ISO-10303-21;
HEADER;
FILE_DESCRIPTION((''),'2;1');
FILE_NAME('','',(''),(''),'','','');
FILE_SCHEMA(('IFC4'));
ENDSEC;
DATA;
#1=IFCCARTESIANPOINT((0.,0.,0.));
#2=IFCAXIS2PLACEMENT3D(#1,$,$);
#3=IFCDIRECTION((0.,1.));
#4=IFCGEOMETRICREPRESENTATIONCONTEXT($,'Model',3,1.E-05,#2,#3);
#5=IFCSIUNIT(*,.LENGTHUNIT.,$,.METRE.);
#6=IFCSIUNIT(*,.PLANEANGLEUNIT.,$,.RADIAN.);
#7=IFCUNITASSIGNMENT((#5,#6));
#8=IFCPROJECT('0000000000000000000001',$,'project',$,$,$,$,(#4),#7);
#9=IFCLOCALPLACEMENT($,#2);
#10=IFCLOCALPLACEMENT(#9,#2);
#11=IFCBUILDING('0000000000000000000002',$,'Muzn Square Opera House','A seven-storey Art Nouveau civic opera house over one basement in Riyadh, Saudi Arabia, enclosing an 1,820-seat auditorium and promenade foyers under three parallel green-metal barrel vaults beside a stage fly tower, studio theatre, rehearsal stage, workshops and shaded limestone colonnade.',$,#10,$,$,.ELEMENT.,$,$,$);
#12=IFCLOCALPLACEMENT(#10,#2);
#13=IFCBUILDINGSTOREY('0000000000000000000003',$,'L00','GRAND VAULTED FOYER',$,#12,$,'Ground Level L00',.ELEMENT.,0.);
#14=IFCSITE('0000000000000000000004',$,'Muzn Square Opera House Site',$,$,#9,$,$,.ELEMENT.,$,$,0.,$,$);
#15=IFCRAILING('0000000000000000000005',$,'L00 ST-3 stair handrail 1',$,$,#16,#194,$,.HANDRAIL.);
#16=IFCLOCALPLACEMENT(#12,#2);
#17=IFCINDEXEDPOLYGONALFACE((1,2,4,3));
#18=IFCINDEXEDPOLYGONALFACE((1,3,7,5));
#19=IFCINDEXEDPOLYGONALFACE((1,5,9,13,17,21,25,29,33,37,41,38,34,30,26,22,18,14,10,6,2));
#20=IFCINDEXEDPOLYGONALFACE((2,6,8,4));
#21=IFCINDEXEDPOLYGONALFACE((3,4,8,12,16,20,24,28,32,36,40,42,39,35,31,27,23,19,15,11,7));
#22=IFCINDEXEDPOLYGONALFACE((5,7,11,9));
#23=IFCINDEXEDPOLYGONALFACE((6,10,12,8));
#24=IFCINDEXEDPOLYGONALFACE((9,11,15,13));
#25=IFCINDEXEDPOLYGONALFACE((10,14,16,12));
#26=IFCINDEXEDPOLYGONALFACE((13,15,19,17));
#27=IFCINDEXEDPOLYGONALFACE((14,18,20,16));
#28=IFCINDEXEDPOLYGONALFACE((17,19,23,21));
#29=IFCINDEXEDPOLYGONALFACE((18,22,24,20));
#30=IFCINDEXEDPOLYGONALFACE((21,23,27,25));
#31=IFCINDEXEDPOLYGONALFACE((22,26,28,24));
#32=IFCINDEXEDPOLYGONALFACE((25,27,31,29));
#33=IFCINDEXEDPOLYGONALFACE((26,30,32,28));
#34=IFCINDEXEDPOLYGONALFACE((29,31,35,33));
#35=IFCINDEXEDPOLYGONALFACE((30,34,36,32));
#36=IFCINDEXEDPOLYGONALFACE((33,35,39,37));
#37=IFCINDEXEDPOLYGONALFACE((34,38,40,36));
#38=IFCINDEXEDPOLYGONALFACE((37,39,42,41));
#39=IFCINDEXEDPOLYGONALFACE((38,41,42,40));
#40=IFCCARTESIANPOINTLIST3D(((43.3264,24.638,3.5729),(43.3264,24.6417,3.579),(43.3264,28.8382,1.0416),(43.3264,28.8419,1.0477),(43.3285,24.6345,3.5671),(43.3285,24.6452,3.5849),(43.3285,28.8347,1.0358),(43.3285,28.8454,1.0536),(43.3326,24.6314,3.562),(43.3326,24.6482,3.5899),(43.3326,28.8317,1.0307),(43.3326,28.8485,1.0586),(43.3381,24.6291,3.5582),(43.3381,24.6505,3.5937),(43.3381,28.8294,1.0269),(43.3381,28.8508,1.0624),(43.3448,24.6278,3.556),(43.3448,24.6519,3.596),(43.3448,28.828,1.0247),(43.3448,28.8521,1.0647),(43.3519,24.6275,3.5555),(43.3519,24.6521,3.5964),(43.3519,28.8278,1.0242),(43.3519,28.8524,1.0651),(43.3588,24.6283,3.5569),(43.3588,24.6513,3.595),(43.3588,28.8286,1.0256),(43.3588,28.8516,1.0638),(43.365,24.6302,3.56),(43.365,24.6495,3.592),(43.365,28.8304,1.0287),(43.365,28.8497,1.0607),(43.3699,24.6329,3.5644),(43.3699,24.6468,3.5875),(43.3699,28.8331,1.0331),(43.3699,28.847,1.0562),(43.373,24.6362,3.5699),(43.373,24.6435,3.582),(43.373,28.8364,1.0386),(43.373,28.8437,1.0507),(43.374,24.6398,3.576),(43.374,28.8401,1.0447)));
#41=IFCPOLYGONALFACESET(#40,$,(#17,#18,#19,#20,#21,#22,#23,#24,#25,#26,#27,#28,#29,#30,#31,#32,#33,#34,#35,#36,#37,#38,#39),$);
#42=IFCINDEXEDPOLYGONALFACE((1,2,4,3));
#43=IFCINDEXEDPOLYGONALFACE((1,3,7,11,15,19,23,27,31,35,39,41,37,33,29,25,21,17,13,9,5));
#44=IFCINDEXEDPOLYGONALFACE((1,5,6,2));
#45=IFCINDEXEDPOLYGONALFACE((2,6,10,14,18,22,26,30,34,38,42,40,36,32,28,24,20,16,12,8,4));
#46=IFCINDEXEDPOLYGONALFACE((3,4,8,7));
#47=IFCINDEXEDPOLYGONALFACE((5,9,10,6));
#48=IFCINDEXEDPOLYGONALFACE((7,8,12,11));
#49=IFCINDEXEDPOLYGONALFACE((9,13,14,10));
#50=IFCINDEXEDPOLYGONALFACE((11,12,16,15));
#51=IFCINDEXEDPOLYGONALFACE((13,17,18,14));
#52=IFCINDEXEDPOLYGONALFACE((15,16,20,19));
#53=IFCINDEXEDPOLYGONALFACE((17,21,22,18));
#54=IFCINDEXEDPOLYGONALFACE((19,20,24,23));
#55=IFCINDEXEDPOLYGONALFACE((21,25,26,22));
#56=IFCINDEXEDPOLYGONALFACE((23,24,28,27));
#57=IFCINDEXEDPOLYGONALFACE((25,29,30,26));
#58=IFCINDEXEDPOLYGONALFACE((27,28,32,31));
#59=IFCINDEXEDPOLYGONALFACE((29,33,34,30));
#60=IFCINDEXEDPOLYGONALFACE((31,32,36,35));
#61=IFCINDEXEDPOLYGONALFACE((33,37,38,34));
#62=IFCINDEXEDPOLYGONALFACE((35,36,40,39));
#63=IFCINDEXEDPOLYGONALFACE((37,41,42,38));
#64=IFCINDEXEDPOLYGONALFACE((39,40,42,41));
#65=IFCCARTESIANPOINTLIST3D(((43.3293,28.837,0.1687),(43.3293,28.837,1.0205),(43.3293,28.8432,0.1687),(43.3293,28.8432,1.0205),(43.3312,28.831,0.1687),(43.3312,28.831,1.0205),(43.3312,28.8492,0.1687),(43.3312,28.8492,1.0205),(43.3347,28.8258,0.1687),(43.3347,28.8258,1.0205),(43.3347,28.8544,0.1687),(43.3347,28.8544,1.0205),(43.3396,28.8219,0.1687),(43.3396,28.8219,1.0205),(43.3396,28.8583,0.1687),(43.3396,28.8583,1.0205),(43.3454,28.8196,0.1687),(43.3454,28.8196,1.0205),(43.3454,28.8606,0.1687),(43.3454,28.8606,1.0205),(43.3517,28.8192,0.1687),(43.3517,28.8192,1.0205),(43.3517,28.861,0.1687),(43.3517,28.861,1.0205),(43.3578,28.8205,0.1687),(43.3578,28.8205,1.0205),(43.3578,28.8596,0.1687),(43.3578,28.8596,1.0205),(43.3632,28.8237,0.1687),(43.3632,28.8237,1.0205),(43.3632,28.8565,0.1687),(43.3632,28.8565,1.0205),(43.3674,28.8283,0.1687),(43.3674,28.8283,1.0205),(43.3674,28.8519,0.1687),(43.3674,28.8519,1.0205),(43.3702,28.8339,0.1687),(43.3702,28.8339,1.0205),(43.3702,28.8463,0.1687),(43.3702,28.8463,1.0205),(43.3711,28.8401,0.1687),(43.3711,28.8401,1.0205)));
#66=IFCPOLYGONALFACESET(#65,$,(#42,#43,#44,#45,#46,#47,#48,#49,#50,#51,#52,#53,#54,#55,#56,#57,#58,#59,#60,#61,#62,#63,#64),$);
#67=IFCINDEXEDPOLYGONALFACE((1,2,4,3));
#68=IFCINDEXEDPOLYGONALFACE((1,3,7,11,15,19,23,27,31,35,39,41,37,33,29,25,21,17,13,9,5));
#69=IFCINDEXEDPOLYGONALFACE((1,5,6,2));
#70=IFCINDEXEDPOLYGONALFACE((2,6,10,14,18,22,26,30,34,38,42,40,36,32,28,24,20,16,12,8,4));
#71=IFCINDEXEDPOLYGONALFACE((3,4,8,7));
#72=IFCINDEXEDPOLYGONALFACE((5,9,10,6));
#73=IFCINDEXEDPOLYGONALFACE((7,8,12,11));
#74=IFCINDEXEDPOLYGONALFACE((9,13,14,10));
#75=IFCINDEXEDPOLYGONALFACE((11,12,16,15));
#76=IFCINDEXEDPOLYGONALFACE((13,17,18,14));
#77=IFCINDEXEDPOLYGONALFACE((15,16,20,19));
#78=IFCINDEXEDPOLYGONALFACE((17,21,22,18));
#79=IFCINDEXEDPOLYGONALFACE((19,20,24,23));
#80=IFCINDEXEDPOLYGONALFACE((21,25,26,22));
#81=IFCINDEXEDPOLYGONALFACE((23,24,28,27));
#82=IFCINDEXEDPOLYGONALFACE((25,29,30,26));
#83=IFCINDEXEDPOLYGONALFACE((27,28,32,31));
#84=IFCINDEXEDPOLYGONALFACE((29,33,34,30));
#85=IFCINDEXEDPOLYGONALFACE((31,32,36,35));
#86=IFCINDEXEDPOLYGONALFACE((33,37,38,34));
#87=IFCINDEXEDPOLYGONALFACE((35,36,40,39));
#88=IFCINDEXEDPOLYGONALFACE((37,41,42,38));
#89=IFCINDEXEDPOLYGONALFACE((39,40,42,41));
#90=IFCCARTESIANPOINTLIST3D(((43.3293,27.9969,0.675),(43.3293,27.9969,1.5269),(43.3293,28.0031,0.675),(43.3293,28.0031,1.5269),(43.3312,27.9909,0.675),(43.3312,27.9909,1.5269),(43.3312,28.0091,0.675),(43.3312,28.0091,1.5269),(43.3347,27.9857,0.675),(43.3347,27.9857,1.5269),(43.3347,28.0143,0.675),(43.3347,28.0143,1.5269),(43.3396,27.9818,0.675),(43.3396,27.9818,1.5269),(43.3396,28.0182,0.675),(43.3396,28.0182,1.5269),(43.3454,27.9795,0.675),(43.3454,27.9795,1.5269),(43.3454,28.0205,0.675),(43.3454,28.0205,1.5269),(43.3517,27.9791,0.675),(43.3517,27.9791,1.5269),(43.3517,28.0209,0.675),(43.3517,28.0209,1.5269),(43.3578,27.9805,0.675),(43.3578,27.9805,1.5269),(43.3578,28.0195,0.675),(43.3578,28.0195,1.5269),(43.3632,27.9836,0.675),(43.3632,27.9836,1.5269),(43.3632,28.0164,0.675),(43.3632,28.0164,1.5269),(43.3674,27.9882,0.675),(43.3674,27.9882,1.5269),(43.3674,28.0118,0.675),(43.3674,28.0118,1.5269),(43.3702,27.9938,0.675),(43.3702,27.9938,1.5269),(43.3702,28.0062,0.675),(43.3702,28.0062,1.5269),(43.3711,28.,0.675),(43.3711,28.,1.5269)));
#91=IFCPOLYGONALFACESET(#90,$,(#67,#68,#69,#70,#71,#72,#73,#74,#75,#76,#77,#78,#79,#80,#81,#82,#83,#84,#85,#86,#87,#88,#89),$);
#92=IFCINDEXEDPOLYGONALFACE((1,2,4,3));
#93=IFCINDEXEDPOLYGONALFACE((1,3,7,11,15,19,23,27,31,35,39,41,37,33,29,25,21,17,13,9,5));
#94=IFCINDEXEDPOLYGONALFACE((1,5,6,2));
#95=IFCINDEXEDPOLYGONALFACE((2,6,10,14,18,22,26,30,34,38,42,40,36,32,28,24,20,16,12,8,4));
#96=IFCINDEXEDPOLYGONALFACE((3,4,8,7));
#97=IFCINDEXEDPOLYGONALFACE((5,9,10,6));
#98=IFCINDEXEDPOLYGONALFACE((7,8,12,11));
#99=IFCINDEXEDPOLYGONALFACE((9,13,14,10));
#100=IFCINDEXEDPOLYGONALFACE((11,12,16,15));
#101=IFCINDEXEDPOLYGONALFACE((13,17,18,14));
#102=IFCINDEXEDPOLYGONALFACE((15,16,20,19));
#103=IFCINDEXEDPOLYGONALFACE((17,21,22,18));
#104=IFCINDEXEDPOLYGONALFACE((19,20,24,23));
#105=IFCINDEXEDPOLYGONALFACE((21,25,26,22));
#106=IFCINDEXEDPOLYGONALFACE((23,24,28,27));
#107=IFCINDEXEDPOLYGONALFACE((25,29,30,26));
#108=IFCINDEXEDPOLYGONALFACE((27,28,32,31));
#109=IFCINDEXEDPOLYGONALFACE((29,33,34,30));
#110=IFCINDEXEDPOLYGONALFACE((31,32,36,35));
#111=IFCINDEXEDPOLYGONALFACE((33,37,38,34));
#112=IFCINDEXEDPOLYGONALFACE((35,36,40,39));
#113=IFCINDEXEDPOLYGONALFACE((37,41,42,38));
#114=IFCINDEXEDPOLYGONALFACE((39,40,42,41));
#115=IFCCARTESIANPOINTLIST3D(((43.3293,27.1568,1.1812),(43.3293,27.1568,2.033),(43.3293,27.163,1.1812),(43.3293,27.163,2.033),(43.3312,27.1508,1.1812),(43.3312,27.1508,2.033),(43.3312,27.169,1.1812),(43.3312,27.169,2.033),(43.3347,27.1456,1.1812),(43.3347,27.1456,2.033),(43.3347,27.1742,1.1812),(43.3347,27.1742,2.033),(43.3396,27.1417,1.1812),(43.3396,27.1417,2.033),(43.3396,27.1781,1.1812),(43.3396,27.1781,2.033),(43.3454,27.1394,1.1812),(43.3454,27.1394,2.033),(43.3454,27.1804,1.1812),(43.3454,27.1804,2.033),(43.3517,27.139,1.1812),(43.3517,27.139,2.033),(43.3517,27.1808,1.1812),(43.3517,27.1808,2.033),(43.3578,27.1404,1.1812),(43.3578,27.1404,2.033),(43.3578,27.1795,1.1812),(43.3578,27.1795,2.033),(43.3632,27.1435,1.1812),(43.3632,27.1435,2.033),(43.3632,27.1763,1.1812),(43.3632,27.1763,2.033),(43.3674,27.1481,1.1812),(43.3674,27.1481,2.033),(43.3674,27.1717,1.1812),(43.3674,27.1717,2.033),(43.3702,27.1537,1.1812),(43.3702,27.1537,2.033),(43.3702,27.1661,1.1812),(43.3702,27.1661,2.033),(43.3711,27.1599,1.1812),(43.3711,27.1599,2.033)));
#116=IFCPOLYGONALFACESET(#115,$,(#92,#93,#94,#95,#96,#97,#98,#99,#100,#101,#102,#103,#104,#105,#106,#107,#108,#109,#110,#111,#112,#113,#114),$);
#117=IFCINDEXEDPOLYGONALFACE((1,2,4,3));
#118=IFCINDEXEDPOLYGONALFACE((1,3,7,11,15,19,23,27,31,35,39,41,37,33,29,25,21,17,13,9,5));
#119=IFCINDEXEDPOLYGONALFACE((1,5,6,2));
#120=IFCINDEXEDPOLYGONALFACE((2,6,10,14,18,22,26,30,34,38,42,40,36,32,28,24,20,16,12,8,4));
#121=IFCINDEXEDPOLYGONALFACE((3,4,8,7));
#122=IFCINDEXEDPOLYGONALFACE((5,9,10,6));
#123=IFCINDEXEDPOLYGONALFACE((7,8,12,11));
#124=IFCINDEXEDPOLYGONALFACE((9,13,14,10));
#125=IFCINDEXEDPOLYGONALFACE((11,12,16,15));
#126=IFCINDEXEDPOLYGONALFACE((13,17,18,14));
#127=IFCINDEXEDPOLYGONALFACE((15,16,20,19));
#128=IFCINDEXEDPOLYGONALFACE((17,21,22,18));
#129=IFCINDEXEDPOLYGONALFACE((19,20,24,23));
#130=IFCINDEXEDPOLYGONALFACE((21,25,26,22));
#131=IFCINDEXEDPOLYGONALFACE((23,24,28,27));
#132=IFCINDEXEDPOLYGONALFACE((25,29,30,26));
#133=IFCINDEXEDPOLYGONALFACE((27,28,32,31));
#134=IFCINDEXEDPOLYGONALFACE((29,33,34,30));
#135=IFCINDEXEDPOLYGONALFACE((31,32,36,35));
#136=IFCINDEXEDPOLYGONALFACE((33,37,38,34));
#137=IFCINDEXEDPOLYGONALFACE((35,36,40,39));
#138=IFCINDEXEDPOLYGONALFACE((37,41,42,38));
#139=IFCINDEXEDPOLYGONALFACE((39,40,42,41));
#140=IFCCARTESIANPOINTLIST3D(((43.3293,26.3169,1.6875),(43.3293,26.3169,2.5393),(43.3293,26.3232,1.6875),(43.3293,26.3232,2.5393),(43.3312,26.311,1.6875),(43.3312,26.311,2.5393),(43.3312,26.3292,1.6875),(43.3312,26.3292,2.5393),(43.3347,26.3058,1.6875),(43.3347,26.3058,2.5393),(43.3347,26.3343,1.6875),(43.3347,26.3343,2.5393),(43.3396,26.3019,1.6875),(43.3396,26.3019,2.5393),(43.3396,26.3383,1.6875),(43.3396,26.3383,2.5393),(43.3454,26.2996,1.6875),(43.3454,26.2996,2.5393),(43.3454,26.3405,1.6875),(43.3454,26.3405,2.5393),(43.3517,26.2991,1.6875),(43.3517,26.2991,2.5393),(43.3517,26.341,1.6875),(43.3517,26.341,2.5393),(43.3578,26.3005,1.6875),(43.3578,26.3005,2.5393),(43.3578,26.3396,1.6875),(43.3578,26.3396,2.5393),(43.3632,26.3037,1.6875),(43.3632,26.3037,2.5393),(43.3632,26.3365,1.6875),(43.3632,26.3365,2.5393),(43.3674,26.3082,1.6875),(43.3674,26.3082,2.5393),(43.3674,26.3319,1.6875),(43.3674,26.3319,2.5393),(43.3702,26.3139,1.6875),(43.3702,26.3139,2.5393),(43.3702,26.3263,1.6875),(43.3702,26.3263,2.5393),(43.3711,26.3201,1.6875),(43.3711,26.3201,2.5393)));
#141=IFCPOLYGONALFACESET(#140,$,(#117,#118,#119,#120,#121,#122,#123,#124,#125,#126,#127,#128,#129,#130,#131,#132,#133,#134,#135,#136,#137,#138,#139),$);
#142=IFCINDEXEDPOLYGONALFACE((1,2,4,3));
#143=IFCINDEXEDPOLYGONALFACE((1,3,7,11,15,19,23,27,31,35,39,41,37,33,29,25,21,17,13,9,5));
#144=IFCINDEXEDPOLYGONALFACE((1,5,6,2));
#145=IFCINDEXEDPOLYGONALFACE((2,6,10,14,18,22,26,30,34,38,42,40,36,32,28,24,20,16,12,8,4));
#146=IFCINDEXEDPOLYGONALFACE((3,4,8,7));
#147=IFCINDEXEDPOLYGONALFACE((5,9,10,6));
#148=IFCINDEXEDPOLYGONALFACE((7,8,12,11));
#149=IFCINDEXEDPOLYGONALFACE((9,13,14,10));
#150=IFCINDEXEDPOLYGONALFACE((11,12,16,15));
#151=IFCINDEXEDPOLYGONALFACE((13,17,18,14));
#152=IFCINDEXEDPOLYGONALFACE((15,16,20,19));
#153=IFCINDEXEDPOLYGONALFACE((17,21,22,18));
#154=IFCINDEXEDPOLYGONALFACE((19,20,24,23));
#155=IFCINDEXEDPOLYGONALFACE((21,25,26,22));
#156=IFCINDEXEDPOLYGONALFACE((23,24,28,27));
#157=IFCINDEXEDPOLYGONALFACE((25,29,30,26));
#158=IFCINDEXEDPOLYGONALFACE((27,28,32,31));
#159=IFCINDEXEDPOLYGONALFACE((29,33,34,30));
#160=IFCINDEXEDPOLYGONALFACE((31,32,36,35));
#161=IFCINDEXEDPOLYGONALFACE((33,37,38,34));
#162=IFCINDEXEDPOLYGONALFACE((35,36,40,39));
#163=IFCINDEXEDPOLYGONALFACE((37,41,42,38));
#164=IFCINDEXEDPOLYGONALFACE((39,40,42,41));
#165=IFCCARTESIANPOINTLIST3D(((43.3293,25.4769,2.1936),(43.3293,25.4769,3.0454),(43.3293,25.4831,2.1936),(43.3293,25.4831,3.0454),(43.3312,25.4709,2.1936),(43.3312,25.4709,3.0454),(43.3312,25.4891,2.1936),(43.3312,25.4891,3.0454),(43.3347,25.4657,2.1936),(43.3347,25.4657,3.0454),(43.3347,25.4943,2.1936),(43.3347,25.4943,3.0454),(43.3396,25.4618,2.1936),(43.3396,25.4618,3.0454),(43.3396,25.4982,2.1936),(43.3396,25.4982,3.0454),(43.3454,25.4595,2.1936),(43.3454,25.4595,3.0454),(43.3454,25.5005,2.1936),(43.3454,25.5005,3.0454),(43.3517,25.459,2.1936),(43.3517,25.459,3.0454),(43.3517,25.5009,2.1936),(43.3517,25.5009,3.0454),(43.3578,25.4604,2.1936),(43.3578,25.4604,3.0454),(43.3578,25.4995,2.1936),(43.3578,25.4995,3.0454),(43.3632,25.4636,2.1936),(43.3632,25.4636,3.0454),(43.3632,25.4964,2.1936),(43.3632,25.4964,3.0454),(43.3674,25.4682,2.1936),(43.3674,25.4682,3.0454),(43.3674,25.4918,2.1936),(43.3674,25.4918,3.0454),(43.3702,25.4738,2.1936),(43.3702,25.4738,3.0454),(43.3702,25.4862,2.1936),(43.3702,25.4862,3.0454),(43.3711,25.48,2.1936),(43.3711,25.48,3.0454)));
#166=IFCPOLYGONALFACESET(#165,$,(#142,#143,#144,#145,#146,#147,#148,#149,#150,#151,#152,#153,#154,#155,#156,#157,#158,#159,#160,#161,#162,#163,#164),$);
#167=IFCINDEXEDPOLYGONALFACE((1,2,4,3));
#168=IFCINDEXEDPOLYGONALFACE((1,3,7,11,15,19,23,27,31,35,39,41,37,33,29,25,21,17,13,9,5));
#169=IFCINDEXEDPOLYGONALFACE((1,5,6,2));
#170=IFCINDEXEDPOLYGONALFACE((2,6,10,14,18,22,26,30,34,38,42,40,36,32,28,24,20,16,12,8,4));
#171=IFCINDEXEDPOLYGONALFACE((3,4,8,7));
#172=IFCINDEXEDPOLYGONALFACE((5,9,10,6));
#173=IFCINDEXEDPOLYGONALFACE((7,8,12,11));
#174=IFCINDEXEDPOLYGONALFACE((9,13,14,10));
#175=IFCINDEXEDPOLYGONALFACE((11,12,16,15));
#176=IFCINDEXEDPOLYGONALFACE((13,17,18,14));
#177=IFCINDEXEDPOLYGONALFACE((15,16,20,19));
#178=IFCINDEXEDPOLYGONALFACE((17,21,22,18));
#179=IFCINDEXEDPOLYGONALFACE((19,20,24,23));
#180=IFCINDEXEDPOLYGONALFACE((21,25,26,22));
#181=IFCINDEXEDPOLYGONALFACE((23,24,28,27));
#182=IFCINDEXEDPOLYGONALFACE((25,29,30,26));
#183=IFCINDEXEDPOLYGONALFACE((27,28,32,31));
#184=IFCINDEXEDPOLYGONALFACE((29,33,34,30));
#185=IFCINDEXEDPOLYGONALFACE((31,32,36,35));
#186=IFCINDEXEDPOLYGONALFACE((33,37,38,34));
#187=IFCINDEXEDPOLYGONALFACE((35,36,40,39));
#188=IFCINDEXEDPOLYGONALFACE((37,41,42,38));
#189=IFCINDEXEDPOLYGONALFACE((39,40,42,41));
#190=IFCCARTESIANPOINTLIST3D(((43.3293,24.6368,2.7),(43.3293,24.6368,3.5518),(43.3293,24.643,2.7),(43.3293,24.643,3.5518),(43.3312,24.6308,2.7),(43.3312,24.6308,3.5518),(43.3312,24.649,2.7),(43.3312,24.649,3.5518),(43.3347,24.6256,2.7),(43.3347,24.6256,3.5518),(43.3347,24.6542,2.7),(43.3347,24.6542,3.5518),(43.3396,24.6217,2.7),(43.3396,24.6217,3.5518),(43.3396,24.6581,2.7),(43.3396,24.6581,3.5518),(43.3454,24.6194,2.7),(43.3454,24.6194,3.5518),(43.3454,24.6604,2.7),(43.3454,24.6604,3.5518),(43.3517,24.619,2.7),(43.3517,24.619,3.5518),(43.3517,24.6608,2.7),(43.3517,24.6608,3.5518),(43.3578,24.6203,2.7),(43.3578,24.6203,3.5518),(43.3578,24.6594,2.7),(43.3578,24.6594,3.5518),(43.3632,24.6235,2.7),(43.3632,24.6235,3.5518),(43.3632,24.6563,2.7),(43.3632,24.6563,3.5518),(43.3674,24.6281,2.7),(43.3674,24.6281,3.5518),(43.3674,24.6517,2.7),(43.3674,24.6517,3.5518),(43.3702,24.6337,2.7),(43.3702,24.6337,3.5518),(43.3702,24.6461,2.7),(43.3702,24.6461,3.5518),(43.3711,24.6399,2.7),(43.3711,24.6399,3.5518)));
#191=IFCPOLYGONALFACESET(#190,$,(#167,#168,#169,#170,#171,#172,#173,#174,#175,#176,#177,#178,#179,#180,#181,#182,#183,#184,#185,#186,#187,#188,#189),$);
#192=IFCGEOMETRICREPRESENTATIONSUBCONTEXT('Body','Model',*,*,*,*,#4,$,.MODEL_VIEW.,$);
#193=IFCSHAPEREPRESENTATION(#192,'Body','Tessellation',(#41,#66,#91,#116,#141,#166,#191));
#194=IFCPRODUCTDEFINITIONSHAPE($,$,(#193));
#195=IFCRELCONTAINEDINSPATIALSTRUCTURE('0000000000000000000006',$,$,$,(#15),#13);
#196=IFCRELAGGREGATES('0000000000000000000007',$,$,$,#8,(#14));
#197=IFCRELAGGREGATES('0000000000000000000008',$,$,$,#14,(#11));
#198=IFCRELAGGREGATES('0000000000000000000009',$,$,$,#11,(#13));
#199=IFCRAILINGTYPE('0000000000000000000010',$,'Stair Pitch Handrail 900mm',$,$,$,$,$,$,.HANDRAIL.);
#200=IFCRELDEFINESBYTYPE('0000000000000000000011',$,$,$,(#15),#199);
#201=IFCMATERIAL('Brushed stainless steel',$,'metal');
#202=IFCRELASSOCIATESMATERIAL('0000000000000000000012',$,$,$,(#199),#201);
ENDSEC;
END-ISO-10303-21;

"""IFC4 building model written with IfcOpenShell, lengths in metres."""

from ifc_helpers import new_model, si_unit, direction, frame, origin, origin_2d, place, context, subcontext, project, spatial, circle, extrude, material, type_object, element, save


model = new_model("IFC4")

# Units and contexts
model_context = context("Model", 3, precision=1e-05, world=origin(), true_north=direction((0.0, 1.0)))
body_context = subcontext(model_context, "Body", "Model", "MODEL_VIEW")
ifc_project = project(units=[si_unit("LENGTHUNIT", "METRE"), si_unit("PLANEANGLEUNIT", "RADIAN")], contexts=[model_context])

# Site, building, storey
site_placement = place(None, origin())
site = spatial("IfcSite", under=ifc_project, at=site_placement, Name="Muzn Square Opera House Site", CompositionType="ELEMENT", RefElevation=0.0)
building_placement = place(site_placement, origin())
building = spatial("IfcBuilding", under=site, at=building_placement, Name="Muzn Square Opera House", Description="A seven-storey Art Nouveau civic opera house over one basement in Riyadh, Saudi Arabia, enclosing an 1,820-seat auditorium and promenade foyers under three parallel green-metal barrel vaults beside a stage fly tower, studio theatre, rehearsal stage, workshops and shaded limestone colonnade.", CompositionType="ELEMENT")
storey_placement = place(building_placement, origin())
storey = spatial("IfcBuildingStorey", under=building, at=storey_placement, Name="L00", Description="GRAND VAULTED FOYER", LongName="Ground Level L00", CompositionType="ELEMENT", Elevation=0.0)

# Railing
ifc_material_1 = material(Name="Brushed stainless steel", Category="metal")
railing_type_1 = type_object("IfcRailingType", Name="Stair Pitch Handrail 900mm", PredefinedType="HANDRAIL", material=ifc_material_1)
railing_1_placement = place(storey_placement, frame((43.3501, 28.8401, 0.1687)))
element("IfcRailing", 1, at=railing_1_placement, inside=storey, type_object=railing_type_1, Name="L00 ST-3 stair handrail 1", PredefinedType="HANDRAIL", context=body_context, shape_type="SweptSolid", body=[
    extrude(circle(Radius=0.0239, at=origin_2d()), frame((0.0, 0.0, 0.876), z_axis=(0.0, -0.85649, 0.516164), x_axis=(1.0, 0.0, 0.0)), (0.0, 0.0, 1.0), 4.9041),
    extrude(circle(Radius=0.021, at=origin_2d()), origin(), (0.0, 0.0, 1.0), 0.8518),
    extrude(circle(Radius=0.021, at=origin_2d()), frame((0.0, -0.8401, 0.5063)), (0.0, 0.0, 1.0), 0.8518),
    extrude(circle(Radius=0.021, at=origin_2d()), frame((0.0, -1.6802, 1.0125)), (0.0, 0.0, 1.0), 0.8518),
    extrude(circle(Radius=0.021, at=origin_2d()), frame((0.0, -2.52, 1.5188)), (0.0, 0.0, 1.0), 0.8518),
    extrude(circle(Radius=0.021, at=origin_2d()), frame((0.0, -3.3601, 2.0249)), (0.0, 0.0, 1.0), 0.8518),
    extrude(circle(Radius=0.021, at=origin_2d()), frame((0.0, -4.2002, 2.5312)), (0.0, 0.0, 1.0), 0.8518),
])

save(model, "model.ifc")
